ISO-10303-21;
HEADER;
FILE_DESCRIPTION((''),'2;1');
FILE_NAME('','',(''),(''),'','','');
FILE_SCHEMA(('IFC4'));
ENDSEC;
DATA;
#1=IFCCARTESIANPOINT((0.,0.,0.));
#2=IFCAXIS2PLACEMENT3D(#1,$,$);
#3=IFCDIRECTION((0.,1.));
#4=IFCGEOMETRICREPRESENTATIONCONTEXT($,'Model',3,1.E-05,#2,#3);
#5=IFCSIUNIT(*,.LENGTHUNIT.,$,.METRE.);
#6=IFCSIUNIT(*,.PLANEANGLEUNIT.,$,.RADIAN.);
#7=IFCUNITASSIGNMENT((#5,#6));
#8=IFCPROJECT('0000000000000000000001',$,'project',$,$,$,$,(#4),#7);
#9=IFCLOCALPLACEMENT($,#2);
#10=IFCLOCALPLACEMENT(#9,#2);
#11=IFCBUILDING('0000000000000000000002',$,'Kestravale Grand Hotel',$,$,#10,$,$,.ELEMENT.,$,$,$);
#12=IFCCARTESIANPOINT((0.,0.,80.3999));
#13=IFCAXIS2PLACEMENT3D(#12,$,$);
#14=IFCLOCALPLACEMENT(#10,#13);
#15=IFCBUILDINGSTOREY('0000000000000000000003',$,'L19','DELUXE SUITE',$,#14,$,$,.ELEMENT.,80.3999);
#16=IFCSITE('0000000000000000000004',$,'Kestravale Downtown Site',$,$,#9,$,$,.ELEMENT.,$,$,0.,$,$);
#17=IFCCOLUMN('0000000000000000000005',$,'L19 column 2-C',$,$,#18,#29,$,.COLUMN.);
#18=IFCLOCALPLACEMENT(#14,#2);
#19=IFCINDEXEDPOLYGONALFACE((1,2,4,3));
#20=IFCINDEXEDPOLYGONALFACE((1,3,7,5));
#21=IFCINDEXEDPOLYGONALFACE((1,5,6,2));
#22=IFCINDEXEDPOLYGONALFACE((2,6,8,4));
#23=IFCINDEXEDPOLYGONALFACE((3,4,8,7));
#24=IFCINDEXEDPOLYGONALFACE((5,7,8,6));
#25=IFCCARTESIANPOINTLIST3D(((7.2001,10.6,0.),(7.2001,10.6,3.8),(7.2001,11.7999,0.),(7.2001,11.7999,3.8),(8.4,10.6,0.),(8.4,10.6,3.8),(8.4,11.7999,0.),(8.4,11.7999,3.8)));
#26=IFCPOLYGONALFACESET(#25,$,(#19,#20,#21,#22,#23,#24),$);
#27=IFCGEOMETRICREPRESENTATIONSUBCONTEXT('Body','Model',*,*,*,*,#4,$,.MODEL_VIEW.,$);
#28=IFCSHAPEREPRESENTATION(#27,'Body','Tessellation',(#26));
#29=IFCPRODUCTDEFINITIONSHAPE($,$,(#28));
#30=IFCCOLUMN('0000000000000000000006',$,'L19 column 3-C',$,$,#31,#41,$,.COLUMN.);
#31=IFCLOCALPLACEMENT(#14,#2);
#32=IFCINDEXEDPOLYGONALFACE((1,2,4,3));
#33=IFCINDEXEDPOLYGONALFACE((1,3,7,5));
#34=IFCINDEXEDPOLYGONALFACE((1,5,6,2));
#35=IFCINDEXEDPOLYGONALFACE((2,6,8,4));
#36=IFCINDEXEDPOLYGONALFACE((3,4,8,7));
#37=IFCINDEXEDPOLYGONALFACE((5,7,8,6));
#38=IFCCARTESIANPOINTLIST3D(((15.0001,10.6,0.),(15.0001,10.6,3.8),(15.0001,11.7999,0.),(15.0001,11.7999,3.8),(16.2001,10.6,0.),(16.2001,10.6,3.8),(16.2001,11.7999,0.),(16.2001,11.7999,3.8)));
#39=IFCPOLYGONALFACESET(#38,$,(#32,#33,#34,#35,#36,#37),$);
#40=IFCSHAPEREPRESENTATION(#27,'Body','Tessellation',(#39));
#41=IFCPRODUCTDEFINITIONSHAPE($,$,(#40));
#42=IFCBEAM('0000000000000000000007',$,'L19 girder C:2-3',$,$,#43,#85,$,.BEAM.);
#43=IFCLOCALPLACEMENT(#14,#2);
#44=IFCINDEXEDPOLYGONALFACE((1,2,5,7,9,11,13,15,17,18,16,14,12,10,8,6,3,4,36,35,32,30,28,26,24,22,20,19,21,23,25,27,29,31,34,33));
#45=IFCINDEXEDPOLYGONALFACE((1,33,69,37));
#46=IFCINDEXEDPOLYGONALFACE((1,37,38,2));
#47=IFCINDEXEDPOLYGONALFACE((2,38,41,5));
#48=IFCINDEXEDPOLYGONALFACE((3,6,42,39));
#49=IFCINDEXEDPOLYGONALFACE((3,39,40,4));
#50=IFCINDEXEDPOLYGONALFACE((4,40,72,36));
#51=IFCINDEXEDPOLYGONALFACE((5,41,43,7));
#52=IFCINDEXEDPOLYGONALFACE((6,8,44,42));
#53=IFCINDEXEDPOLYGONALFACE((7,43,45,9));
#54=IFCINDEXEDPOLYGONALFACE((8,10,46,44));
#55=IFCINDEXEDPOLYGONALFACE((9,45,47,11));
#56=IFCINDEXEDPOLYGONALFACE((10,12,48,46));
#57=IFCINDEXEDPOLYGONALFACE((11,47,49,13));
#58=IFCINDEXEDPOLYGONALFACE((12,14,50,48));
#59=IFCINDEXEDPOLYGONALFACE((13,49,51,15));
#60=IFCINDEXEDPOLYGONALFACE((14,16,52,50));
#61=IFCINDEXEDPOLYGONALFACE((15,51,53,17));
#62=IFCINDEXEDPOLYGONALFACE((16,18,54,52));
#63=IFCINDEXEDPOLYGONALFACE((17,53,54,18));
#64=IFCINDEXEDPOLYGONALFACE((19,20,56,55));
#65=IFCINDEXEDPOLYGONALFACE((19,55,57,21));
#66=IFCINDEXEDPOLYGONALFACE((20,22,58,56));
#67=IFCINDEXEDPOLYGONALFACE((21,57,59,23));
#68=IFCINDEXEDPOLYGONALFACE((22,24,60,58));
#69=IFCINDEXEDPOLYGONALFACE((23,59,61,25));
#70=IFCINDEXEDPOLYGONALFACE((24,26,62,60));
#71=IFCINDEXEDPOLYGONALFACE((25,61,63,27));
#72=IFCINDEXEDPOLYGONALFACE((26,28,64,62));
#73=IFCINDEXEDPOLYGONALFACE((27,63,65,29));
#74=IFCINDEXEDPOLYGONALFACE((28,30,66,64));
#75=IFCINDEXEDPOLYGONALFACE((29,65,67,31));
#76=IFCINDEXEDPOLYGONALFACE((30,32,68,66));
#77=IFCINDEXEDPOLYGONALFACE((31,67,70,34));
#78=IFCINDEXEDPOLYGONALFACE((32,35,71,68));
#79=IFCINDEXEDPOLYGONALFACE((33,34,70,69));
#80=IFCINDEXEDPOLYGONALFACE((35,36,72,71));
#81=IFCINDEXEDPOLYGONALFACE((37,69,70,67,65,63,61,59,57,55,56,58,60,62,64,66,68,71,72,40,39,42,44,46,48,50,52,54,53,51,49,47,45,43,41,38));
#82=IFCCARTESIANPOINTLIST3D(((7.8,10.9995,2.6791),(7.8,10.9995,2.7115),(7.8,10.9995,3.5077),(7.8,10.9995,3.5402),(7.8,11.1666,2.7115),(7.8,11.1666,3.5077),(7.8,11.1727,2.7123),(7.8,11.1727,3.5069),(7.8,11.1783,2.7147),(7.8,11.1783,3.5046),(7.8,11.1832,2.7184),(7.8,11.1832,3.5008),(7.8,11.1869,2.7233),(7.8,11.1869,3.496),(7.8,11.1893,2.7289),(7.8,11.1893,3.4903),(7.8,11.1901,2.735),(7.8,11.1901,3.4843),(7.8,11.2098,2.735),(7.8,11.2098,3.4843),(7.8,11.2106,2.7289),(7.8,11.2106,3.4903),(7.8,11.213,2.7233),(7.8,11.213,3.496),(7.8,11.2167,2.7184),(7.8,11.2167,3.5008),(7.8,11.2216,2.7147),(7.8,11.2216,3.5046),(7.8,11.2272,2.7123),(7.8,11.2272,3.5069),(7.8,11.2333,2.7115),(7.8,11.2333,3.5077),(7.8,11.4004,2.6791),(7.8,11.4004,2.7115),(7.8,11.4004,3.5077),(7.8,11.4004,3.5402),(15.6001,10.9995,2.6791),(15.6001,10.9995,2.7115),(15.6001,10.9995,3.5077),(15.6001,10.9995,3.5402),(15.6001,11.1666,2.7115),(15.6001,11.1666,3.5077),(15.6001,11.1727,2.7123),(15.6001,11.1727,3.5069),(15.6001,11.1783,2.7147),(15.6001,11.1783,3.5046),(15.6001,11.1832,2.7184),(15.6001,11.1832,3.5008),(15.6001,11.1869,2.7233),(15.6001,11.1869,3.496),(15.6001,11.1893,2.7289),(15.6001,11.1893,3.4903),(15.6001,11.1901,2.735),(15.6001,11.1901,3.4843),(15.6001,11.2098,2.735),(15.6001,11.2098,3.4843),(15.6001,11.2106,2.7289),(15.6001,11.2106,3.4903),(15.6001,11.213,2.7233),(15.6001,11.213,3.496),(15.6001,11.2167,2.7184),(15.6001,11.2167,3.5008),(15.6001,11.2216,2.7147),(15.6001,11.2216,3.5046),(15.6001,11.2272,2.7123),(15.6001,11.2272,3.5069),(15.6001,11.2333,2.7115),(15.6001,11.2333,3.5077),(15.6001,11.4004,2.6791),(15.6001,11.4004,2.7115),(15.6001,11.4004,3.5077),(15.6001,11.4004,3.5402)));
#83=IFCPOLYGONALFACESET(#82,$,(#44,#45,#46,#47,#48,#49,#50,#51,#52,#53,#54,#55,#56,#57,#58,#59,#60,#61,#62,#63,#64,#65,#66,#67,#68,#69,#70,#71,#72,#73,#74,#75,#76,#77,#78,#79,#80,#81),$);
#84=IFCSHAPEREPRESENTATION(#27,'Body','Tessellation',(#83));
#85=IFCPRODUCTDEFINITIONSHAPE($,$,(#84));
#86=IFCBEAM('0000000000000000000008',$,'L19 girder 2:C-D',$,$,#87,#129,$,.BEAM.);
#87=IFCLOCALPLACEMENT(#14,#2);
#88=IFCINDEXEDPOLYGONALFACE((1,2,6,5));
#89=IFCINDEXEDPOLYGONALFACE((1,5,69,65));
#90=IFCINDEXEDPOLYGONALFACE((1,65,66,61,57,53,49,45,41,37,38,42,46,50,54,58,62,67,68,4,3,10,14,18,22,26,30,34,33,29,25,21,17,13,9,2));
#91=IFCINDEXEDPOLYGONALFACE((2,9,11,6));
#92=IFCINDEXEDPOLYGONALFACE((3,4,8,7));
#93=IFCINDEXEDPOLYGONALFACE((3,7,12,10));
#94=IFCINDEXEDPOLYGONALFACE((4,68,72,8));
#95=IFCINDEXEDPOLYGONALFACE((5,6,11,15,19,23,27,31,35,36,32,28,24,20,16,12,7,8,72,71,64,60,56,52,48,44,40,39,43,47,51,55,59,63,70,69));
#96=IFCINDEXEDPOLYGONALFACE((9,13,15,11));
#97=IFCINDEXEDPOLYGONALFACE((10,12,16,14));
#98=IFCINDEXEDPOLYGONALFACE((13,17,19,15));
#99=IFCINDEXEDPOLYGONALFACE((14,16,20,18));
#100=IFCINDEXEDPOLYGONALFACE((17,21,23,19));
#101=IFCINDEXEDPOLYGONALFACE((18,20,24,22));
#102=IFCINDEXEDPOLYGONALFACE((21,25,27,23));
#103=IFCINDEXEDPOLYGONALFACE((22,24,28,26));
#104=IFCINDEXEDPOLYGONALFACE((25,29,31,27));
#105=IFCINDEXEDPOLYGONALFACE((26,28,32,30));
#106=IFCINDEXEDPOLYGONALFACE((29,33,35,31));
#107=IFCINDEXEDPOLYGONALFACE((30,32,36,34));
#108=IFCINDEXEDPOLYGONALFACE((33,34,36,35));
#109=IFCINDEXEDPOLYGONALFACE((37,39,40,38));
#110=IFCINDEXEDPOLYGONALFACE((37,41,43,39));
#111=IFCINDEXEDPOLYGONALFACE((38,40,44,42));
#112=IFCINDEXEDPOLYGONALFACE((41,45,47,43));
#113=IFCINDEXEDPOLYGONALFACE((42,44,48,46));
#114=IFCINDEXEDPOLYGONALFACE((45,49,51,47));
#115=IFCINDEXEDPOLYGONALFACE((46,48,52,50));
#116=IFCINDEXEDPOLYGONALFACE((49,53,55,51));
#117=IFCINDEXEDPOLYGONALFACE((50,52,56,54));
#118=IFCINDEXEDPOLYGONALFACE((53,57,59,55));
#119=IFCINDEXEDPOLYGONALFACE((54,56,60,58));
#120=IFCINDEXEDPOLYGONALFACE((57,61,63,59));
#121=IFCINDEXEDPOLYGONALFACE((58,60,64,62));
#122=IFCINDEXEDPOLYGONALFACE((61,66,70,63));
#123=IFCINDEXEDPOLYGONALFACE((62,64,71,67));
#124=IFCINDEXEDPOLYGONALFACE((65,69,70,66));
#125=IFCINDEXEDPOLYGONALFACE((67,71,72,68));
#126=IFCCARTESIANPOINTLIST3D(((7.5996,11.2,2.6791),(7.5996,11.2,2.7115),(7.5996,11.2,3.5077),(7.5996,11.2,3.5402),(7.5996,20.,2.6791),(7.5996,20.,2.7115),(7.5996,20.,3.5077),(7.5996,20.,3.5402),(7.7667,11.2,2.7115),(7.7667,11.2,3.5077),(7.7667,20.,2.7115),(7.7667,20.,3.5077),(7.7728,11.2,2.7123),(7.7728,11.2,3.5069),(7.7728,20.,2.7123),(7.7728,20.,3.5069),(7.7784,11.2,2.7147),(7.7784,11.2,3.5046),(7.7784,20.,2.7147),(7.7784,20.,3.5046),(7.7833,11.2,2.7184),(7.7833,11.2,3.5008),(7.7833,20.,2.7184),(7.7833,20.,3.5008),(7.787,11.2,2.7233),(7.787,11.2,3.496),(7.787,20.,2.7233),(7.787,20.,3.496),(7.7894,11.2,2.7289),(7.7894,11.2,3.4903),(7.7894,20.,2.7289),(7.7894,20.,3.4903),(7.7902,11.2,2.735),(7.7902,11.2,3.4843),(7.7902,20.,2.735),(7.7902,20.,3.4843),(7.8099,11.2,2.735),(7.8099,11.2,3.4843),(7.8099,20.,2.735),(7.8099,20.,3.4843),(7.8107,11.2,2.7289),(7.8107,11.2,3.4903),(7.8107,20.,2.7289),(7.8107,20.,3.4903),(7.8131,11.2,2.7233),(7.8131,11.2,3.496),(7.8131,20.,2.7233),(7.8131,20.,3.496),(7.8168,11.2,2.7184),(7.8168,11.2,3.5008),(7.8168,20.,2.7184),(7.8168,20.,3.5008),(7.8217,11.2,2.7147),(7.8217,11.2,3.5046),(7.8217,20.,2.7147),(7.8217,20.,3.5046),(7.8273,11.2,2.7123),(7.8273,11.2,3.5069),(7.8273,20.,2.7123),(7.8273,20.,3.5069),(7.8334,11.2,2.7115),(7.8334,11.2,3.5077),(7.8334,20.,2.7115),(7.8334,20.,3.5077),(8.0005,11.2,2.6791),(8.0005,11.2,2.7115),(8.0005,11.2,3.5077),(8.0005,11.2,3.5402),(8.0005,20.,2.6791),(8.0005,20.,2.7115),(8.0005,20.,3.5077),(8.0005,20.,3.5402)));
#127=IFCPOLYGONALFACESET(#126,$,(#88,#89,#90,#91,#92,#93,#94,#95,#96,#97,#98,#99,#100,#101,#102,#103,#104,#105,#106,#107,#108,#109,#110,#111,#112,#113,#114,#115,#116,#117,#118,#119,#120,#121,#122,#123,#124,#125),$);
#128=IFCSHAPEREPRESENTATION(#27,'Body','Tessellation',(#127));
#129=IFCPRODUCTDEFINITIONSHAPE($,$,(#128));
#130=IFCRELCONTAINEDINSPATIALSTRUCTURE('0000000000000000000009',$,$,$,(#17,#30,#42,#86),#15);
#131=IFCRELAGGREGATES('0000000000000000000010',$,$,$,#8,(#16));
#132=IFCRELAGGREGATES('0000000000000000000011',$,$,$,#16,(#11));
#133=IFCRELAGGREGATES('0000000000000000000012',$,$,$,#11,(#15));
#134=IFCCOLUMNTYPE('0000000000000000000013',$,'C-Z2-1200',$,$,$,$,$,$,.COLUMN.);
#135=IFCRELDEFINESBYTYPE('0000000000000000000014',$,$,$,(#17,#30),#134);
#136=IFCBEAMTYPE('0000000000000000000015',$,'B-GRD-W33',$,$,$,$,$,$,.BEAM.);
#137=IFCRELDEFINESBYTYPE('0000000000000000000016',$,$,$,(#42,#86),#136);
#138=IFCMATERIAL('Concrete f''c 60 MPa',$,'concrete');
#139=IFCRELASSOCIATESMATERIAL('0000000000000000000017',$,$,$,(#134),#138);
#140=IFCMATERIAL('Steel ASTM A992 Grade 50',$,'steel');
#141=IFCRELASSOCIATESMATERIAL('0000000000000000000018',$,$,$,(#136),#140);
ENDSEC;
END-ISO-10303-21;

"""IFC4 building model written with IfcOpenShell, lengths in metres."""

from ifc_helpers import new_model, si_unit, direction, frame, origin, origin_2d, place, context, subcontext, project, spatial, rectangle, i_section, extrude, material, material_profile, profile_set, type_object, element, save


model = new_model("IFC4")

# Units and contexts
model_context = context("Model", 3, precision=1e-05, world=origin(), true_north=direction((0.0, 1.0)))
body_context = subcontext(model_context, "Body", "Model", "MODEL_VIEW")
ifc_project = project(units=[si_unit("LENGTHUNIT", "METRE"), si_unit("PLANEANGLEUNIT", "RADIAN")], contexts=[model_context])

# Site, building, storey
site_placement = place(None, origin())
site = spatial("IfcSite", under=ifc_project, at=site_placement, Name="Kestravale Downtown Site", CompositionType="ELEMENT", RefElevation=0.0)
building_placement = place(site_placement, origin())
building = spatial("IfcBuilding", under=site, at=building_placement, Name="Kestravale Grand Hotel", CompositionType="ELEMENT")
storey_placement = place(building_placement, frame((0.0, 0.0, 80.3999)))
storey = spatial("IfcBuildingStorey", under=building, at=storey_placement, Name="L19", Description="DELUXE SUITE", CompositionType="ELEMENT", Elevation=80.3999)

# Columns
ifc_material_1 = material(Name="Concrete f'c 60 MPa", Category="concrete")
ifc_material_profile_1 = material_profile(ifc_material_1, rectangle(XDim=1.2, YDim=1.2, at=origin_2d()))
ifc_profile_set_1 = profile_set([ifc_material_profile_1], Name="Concrete f'c 60 MPa")
column_type = type_object("IfcColumnType", Name="C-Z2-1200", PredefinedType="COLUMN", material=ifc_profile_set_1)
for number, where, z_axis, x_axis, name in (
    (1, (7.8, 11.2, 0.0), (0.0, 0.0, 1.0), (1.0, 0.0, 0.0), "L19 column 2-C"),
    (2, (15.6001, 11.2, 0.0), (0.0, 0.0, 1.0), (1.0, 0.0, 0.0), "L19 column 3-C"),
):
    element("IfcColumn", number, at=place(storey_placement, frame(where, z_axis=z_axis, x_axis=x_axis)), inside=storey, type_object=column_type, Name=name, PredefinedType="COLUMN", context=body_context, shape_type="SweptSolid", body=[
        extrude(rectangle(XDim=1.2, YDim=1.2, at=origin_2d()), origin(), (0.0, 0.0, 1.0), 3.8),
    ])

# Beams
ifc_material_2 = material(Name="Steel ASTM A992 Grade 50", Category="steel")
ifc_material_profile_2 = material_profile(ifc_material_2, i_section(OverallWidth=0.4009, OverallDepth=0.8611, WebThickness=0.0198, FlangeThickness=0.0325, FilletRadius=0.0234, at=origin_2d()))
ifc_profile_set_2 = profile_set([ifc_material_profile_2], Name="Steel ASTM A992 Grade 50")
beam_type = type_object("IfcBeamType", Name="B-GRD-W33", PredefinedType="BEAM", material=ifc_profile_set_2)
beam_1_placement = place(storey_placement, frame((7.8, 11.2, 3.1096), z_axis=(1.0, 0.0, 0.0), x_axis=(0.0, 1.0, 0.0)))
element("IfcBeam", 3, at=beam_1_placement, inside=storey, type_object=beam_type, Name="L19 girder C:2-3", PredefinedType="BEAM", context=body_context, shape_type="SweptSolid", body=[
    extrude(i_section(OverallWidth=0.4009, OverallDepth=0.8611, WebThickness=0.0198, FlangeThickness=0.0325, FilletRadius=0.0234, at=origin_2d()), origin(), (0.0, 0.0, 1.0), 7.8),
])
beam_2_placement = place(storey_placement, frame((7.8, 11.2, 3.1096), z_axis=(0.0, 1.0, 0.0), x_axis=(-1.0, 0.0, 0.0)))
element("IfcBeam", 4, at=beam_2_placement, inside=storey, type_object=beam_type, Name="L19 girder 2:C-D", PredefinedType="BEAM", context=body_context, shape_type="SweptSolid", body=[
    extrude(i_section(OverallWidth=0.4009, OverallDepth=0.8611, WebThickness=0.0198, FlangeThickness=0.0325, FilletRadius=0.0234, at=origin_2d()), origin(), (0.0, 0.0, 1.0), 8.8),
])

save(model, "model.ifc")
